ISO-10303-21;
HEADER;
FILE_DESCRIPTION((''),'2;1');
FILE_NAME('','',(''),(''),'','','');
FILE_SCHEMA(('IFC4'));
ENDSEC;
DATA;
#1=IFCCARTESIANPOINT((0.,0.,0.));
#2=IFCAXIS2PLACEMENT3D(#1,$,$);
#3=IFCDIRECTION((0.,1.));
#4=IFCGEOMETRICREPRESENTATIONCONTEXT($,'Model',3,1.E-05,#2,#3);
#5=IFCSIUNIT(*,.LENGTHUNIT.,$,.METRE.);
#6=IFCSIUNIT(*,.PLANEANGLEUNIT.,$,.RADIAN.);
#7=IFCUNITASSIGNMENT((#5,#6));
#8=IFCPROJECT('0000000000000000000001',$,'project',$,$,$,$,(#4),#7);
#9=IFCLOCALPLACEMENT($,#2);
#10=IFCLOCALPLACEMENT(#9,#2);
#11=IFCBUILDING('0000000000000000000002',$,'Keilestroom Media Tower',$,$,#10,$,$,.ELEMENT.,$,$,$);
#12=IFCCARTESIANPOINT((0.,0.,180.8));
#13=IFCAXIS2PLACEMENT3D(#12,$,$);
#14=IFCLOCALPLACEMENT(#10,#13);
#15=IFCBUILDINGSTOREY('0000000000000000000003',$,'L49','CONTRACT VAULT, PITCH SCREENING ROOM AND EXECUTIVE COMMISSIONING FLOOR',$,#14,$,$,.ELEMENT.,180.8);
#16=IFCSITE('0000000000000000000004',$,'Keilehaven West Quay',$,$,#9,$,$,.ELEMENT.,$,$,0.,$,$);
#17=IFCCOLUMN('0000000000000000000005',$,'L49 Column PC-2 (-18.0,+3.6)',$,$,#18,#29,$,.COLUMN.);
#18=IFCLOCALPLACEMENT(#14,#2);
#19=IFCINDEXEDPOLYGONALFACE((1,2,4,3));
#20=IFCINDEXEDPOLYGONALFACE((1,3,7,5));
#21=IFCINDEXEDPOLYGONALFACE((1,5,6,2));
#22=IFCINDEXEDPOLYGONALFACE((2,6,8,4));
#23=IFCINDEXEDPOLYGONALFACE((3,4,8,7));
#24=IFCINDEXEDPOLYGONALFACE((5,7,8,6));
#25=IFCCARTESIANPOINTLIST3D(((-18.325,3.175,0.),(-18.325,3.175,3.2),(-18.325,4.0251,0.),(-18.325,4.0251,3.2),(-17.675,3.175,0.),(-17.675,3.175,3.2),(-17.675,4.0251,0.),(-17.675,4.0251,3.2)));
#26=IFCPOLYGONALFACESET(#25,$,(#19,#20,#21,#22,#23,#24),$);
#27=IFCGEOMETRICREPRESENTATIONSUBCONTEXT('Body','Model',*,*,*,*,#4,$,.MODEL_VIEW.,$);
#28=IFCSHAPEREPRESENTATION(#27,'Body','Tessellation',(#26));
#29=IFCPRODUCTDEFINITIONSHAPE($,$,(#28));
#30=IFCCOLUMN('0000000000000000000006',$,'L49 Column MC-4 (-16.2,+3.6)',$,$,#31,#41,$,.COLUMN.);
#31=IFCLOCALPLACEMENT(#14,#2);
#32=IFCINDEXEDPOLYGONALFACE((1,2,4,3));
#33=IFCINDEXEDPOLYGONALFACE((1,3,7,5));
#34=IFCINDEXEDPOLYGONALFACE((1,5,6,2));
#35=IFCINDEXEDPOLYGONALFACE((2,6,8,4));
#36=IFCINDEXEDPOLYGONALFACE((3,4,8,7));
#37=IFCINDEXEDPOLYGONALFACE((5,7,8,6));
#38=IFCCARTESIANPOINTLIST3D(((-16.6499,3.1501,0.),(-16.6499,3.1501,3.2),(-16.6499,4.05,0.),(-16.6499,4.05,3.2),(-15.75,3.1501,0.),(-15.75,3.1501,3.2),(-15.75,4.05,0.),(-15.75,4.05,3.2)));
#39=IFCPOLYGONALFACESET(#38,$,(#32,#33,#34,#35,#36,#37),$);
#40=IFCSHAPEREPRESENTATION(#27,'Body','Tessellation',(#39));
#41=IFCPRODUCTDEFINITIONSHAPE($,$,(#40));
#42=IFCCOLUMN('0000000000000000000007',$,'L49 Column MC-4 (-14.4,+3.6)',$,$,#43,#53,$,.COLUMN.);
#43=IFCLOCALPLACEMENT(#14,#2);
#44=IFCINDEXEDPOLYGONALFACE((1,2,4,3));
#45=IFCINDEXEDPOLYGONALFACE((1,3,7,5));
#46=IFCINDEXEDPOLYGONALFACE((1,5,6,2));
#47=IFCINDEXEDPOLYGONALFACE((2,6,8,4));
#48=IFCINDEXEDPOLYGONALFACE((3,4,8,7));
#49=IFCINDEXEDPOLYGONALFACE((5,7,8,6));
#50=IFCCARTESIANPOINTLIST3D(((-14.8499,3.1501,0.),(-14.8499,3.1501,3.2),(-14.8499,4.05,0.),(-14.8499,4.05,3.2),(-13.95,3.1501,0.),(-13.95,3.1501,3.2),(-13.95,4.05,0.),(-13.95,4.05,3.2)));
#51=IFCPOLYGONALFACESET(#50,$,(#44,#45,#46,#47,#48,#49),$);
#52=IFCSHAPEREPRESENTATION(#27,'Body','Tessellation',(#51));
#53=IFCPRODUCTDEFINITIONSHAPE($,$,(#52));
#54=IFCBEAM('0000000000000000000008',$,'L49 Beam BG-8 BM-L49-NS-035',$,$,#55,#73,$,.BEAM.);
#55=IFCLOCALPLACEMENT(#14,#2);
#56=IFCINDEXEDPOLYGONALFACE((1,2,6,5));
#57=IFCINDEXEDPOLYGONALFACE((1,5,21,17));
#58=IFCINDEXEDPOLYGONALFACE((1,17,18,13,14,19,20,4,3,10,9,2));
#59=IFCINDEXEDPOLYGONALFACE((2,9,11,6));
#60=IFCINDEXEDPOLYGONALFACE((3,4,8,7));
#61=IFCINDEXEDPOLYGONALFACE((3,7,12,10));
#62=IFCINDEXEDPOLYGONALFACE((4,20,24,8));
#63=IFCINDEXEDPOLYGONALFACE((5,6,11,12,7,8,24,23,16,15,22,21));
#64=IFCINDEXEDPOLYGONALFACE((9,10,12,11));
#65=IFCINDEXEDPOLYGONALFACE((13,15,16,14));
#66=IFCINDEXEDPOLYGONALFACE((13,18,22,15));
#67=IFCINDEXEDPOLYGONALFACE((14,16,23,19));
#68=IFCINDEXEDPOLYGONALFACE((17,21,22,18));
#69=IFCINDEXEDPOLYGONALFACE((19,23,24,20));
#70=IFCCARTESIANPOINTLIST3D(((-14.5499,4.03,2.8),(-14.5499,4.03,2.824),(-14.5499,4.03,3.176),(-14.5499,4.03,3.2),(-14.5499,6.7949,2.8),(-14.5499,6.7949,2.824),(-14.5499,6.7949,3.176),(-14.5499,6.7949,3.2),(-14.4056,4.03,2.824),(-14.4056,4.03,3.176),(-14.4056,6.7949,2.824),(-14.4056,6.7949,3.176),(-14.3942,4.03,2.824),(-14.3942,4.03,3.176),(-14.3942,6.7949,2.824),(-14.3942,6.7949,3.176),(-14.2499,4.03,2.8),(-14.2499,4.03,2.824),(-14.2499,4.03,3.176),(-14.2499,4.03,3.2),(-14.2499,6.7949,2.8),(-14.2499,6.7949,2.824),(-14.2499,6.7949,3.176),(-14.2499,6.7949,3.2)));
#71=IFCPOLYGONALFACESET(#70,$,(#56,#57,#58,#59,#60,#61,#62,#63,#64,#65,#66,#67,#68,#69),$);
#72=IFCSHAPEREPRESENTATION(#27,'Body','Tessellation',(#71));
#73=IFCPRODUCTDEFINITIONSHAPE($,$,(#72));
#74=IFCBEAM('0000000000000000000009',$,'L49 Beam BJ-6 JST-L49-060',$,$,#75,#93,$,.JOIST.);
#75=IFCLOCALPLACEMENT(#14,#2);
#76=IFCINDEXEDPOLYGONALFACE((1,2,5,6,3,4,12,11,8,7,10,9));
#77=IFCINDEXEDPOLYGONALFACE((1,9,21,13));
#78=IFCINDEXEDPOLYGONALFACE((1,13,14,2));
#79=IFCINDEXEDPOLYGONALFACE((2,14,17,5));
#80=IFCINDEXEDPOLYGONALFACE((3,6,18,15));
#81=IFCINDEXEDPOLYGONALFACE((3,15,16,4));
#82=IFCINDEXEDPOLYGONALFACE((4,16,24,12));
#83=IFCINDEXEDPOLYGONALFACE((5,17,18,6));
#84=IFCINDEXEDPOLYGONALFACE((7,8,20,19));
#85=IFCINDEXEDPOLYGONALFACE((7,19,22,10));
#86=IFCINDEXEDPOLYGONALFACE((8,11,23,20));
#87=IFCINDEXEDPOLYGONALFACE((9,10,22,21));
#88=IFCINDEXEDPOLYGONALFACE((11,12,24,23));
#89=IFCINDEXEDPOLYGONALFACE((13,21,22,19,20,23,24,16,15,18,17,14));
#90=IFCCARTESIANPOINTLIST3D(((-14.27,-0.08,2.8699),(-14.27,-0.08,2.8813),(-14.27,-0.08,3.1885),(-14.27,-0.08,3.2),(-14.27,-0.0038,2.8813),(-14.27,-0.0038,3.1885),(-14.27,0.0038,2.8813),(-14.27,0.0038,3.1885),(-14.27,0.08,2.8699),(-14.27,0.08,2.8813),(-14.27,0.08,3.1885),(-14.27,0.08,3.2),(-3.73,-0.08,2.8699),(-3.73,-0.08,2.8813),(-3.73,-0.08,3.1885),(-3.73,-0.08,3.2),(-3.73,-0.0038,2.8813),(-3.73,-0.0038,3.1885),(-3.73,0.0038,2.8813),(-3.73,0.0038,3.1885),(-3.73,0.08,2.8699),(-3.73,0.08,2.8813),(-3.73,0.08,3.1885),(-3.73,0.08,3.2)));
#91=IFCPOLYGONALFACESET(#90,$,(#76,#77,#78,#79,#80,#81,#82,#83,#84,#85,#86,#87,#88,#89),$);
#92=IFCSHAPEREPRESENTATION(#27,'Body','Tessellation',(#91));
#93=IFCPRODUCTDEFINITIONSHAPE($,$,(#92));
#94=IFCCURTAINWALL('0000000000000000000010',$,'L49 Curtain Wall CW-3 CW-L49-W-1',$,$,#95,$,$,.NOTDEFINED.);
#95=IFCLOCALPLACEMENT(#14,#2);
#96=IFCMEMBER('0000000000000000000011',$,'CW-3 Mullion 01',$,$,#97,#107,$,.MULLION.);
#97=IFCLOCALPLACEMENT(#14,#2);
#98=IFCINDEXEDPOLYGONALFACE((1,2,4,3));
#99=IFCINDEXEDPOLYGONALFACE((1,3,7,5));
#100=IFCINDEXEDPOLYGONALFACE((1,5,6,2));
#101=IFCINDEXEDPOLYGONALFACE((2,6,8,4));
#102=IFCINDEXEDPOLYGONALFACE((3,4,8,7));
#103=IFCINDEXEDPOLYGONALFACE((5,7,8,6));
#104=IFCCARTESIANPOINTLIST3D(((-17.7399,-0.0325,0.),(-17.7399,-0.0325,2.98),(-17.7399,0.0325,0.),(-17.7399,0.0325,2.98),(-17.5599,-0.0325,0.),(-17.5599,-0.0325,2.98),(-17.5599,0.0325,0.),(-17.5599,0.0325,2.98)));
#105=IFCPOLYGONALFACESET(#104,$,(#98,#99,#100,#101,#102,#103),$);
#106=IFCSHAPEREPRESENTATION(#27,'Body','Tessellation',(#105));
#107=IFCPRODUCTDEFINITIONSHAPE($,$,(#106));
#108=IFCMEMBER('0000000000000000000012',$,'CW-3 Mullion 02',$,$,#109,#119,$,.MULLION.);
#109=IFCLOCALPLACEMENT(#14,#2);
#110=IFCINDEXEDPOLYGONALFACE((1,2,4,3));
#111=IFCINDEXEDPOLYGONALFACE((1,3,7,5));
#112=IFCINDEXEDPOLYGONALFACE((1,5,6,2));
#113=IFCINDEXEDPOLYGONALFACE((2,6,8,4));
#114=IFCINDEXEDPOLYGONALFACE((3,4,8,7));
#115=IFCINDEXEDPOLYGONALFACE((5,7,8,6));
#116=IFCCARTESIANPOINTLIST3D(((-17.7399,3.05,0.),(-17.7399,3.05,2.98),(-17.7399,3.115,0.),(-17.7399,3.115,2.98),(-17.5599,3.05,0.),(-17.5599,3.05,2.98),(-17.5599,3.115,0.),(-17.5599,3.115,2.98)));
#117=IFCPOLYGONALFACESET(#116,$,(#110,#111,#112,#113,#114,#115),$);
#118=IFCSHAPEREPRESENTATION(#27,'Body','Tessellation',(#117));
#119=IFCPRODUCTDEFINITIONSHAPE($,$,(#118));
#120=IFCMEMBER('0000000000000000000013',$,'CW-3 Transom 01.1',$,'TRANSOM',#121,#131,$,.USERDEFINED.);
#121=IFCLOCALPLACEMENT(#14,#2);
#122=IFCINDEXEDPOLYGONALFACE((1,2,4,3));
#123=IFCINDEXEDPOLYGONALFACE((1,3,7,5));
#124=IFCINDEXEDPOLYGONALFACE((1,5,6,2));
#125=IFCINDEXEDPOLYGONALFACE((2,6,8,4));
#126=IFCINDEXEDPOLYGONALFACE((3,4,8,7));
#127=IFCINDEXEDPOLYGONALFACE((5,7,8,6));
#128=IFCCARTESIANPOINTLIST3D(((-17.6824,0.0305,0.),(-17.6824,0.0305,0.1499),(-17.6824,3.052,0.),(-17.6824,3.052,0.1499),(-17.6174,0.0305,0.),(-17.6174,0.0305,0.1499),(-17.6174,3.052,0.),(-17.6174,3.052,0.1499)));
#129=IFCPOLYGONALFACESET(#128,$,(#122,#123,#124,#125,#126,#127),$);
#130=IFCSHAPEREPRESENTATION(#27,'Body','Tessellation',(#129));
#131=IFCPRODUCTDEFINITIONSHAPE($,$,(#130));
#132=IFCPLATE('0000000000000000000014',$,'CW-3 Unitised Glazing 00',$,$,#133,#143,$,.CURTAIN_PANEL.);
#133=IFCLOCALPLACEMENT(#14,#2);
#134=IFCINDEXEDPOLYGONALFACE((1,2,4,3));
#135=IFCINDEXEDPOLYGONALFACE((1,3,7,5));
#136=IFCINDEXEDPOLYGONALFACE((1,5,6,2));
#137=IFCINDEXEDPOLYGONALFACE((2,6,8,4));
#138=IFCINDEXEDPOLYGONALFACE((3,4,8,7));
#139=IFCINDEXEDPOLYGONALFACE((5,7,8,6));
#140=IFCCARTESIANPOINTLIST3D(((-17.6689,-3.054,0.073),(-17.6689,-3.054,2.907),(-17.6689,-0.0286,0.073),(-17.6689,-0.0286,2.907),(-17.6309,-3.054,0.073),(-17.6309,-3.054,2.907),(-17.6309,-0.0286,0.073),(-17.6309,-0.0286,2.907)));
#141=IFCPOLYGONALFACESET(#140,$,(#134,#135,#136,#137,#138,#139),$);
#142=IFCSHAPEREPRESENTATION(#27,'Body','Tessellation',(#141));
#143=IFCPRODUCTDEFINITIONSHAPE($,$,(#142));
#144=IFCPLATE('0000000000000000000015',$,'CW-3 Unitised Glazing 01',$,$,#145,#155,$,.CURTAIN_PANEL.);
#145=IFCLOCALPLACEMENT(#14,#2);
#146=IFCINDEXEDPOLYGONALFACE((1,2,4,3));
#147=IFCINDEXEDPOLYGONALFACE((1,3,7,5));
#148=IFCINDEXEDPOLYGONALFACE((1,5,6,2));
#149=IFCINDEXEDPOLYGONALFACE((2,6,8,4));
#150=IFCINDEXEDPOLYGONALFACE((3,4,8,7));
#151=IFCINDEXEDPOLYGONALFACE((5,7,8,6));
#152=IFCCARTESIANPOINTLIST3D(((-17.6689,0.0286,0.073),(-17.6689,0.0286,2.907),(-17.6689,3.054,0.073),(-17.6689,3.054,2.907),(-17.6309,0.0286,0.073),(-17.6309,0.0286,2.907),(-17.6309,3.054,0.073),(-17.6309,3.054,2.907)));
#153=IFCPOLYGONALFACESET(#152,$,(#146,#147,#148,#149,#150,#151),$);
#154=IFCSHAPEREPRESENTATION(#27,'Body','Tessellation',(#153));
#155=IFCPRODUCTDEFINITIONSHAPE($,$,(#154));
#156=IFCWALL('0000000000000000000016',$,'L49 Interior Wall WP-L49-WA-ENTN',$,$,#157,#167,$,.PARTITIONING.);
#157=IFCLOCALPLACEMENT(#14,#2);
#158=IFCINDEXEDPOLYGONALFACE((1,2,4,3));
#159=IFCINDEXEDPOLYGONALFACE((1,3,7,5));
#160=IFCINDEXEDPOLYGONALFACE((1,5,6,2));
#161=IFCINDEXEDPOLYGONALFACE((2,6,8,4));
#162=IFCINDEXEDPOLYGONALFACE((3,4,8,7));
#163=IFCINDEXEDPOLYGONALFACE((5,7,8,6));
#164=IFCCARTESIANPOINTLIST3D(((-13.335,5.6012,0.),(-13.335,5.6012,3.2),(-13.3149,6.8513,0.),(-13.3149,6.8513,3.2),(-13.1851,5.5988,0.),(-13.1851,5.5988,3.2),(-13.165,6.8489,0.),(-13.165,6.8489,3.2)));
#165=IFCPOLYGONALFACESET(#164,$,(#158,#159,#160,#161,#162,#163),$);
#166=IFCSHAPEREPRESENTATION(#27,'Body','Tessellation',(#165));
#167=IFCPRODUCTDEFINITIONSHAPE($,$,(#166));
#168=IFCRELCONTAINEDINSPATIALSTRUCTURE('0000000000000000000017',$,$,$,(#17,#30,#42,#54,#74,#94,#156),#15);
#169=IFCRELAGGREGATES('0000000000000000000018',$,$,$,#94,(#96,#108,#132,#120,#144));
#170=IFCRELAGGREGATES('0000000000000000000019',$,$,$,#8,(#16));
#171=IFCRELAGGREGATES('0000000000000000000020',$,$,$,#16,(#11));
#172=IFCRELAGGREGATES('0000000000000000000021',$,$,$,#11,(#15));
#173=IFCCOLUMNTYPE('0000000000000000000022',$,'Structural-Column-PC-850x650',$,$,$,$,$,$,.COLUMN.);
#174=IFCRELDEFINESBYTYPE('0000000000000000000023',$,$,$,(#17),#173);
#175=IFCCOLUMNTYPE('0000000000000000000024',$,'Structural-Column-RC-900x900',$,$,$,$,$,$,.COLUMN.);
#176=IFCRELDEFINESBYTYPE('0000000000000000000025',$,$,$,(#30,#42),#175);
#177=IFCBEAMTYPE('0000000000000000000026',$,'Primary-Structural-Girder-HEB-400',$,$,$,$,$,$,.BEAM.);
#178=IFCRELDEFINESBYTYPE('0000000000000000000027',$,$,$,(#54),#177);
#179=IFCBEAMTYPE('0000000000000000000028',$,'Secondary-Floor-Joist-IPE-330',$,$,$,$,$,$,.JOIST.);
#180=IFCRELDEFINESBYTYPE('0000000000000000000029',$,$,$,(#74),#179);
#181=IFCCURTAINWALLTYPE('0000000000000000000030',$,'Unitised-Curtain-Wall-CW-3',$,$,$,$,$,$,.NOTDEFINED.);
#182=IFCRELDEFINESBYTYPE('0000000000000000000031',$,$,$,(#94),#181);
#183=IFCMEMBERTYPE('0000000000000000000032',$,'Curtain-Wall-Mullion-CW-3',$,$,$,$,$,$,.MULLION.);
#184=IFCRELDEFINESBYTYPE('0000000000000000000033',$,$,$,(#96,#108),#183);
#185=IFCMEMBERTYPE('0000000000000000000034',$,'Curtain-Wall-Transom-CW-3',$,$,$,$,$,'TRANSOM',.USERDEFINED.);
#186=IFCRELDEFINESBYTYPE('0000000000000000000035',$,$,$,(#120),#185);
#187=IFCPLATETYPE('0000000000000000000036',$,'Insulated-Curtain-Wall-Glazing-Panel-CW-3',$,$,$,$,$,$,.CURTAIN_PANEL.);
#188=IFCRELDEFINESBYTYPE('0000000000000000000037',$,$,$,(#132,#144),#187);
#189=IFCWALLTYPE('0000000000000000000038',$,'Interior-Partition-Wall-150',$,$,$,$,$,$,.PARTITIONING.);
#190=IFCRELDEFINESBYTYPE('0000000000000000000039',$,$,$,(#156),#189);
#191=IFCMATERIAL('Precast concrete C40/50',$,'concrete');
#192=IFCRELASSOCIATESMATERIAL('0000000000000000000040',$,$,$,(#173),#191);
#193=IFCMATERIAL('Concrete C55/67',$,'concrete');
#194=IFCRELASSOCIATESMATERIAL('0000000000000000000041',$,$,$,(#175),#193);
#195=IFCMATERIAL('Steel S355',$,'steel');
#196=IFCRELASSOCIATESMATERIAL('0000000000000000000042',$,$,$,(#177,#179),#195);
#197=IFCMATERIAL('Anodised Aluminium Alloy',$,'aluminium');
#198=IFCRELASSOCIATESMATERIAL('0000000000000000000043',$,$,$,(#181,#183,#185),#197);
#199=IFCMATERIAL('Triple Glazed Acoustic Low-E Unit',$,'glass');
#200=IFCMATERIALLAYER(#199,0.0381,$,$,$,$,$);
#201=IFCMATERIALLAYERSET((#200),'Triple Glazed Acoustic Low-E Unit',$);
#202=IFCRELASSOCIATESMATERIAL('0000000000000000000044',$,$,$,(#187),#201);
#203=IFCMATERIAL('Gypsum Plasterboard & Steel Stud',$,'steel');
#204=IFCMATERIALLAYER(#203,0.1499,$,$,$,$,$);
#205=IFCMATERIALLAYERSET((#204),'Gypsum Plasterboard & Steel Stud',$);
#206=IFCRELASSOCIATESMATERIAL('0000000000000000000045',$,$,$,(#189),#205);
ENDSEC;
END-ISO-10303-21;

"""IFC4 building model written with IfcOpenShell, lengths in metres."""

from ifc_helpers import new_model, si_unit, direction, frame, frame_2d, origin, origin_2d, place, context, subcontext, project, spatial, rectangle, i_section, extrude, source, transform, mapped, material, layer, layer_set, material_profile, profile_set, type_object, element, aggregate, save


model = new_model("IFC4")

# Units and contexts
model_context = context("Model", 3, precision=1e-05, world=origin(), true_north=direction((0.0, 1.0)))
body_context = subcontext(model_context, "Body", "Model", "MODEL_VIEW")
ifc_project = project(units=[si_unit("LENGTHUNIT", "METRE"), si_unit("PLANEANGLEUNIT", "RADIAN")], contexts=[model_context])

# Site, building, storey
site_placement = place(None, origin())
site = spatial("IfcSite", under=ifc_project, at=site_placement, Name="Keilehaven West Quay", CompositionType="ELEMENT", RefElevation=0.0)
building_placement = place(site_placement, origin())
building = spatial("IfcBuilding", under=site, at=building_placement, Name="Keilestroom Media Tower", CompositionType="ELEMENT")
storey_placement = place(building_placement, frame((0.0, 0.0, 180.8)))
storey = spatial("IfcBuildingStorey", under=building, at=storey_placement, Name="L49", Description="CONTRACT VAULT, PITCH SCREENING ROOM AND EXECUTIVE COMMISSIONING FLOOR", CompositionType="ELEMENT", Elevation=180.8)

# Columns
ifc_material_1 = material(Name="Precast concrete C40/50", Category="concrete")
ifc_material_profile_1 = material_profile(ifc_material_1, rectangle(XDim=0.6499, YDim=0.8501, at=origin_2d()), Name="PC 850x650")
ifc_profile_set_1 = profile_set([ifc_material_profile_1], Name="Precast concrete C40/50")
column_type_1 = type_object("IfcColumnType", Name="Structural-Column-PC-850x650", PredefinedType="COLUMN", material=ifc_profile_set_1)
shared_shape_1 = source(origin(), body_context, "Body", "SweptSolid", [
    extrude(rectangle(XDim=0.6499, YDim=0.8501, at=origin_2d()), origin(), (0.0, 0.0, 1.0), 3.2),
])
column_placement = place(storey_placement, frame((-18.0, 3.6001, 0.0), z_axis=(0.0, 0.0, 1.0), x_axis=(1.0, 0.0, 0.0)))
element("IfcColumn", 1, at=column_placement, inside=storey, type_object=column_type_1, Name="L49 Column PC-2 (-18.0,+3.6)", PredefinedType="COLUMN", context=body_context, shape_type="MappedRepresentation", body=[
    mapped(shared_shape_1, transform((0.0, 0.0, 0.0), x_axis=(1.0, 0.0, 0.0), y_axis=(0.0, 1.0, 0.0), z_axis=(0.0, 0.0, 1.0), scale=1.0)),
])
ifc_material_2 = material(Name="Concrete C55/67", Category="concrete")
ifc_material_profile_2 = material_profile(ifc_material_2, rectangle(XDim=0.8999, YDim=0.8999, at=origin_2d()), Name="RC 900x900")
ifc_profile_set_2 = profile_set([ifc_material_profile_2], Name="Concrete C55/67")
column_type_2 = type_object("IfcColumnType", Name="Structural-Column-RC-900x900", PredefinedType="COLUMN", material=ifc_profile_set_2)
shared_shape_2 = source(origin(), body_context, "Body", "SweptSolid", [
    extrude(rectangle(XDim=0.8999, YDim=0.8999, at=origin_2d()), origin(), (0.0, 0.0, 1.0), 3.2),
])
for number, where, z_axis, x_axis, name in (
    (2, (-16.2, 3.6001, 0.0), (0.0, 0.0, 1.0), (1.0, 0.0, 0.0), "L49 Column MC-4 (-16.2,+3.6)"),
    (3, (-14.3999, 3.6001, 0.0), (0.0, 0.0, 1.0), (1.0, 0.0, 0.0), "L49 Column MC-4 (-14.4,+3.6)"),
):
    element("IfcColumn", number, at=place(storey_placement, frame(where, z_axis=z_axis, x_axis=x_axis)), inside=storey, type_object=column_type_2, Name=name, PredefinedType="COLUMN", context=body_context, shape_type="MappedRepresentation", body=[
        mapped(shared_shape_2, transform((0.0, 0.0, 0.0), x_axis=(1.0, 0.0, 0.0), y_axis=(0.0, 1.0, 0.0), z_axis=(0.0, 0.0, 1.0), scale=1.0)),
    ])

# Beams
ifc_material_3 = material(Name="Steel S355", Category="steel")
ifc_material_profile_3 = material_profile(ifc_material_3, i_section(OverallWidth=0.3, OverallDepth=0.3999, WebThickness=0.0115, FlangeThickness=0.0239, at=origin_2d()), Name="HEB 400")
ifc_profile_set_3 = profile_set([ifc_material_profile_3], Name="Steel S355")
beam_type_1 = type_object("IfcBeamType", Name="Primary-Structural-Girder-HEB-400", PredefinedType="BEAM", material=ifc_profile_set_3)
shared_shape_3 = source(origin(), body_context, "Body", "SweptSolid", [
    extrude(i_section(OverallWidth=0.3, OverallDepth=0.3999, WebThickness=0.0115, FlangeThickness=0.0239, at=origin_2d()), origin(), (0.0, 0.0, 1.0), 2.7649),
])
beam_1_placement = place(storey_placement, frame((-14.3999, 4.03, 3.0), z_axis=(0.0, 1.0, 0.0), x_axis=(-1.0, 0.0, 0.0)))
element("IfcBeam", 4, at=beam_1_placement, inside=storey, type_object=beam_type_1, Name="L49 Beam BG-8 BM-L49-NS-035", PredefinedType="BEAM", context=body_context, shape_type="MappedRepresentation", body=[
    mapped(shared_shape_3, transform((0.0, 0.0, 0.0), x_axis=(1.0, 0.0, 0.0), y_axis=(0.0, 1.0, 0.0), z_axis=(0.0, 0.0, 1.0), scale=1.0)),
])
ifc_material_profile_4 = material_profile(ifc_material_3, i_section(OverallWidth=0.1599, OverallDepth=0.3301, WebThickness=0.0076, FlangeThickness=0.0115, at=origin_2d()), Name="IPE 330")
ifc_profile_set_4 = profile_set([ifc_material_profile_4], Name="Steel S355")
beam_type_2 = type_object("IfcBeamType", Name="Secondary-Floor-Joist-IPE-330", PredefinedType="JOIST", material=ifc_profile_set_4)
shared_shape_4 = source(origin(), body_context, "Body", "SweptSolid", [
    extrude(i_section(OverallWidth=0.1599, OverallDepth=0.3301, WebThickness=0.0076, FlangeThickness=0.0115, at=origin_2d()), origin(), (0.0, 0.0, 1.0), 10.54),
])
beam_2_placement = place(storey_placement, frame((-14.27, 0.0, 3.0349), z_axis=(1.0, 0.0, 0.0), x_axis=(0.0, 1.0, 0.0)))
element("IfcBeam", 5, at=beam_2_placement, inside=storey, type_object=beam_type_2, Name="L49 Beam BJ-6 JST-L49-060", PredefinedType="JOIST", context=body_context, shape_type="MappedRepresentation", body=[
    mapped(shared_shape_4, transform((0.0, 0.0, 0.0), x_axis=(1.0, 0.0, 0.0), y_axis=(0.0, 1.0, 0.0), z_axis=(0.0, 0.0, 1.0), scale=1.0)),
])

# Curtain wall, members, plates
ifc_material_4 = material(Name="Anodised Aluminium Alloy", Category="aluminium")
curtain_wall_type = type_object("IfcCurtainWallType", Name="Unitised-Curtain-Wall-CW-3", PredefinedType="NOTDEFINED", material=ifc_material_4)
curtain_wall_placement = place(storey_placement, origin())
curtain_wall = element("IfcCurtainWall", 6, at=curtain_wall_placement, inside=storey, type_object=curtain_wall_type, Name="L49 Curtain Wall CW-3 CW-L49-W-1", PredefinedType="NOTDEFINED")
ifc_material_profile_5 = material_profile(ifc_material_4, rectangle(XDim=0.0649, YDim=0.1799, at=origin_2d()), Name="ALU MULLION 65x180")
ifc_profile_set_5 = profile_set([ifc_material_profile_5], Name="Anodised Aluminium Alloy")
member_type_1 = type_object("IfcMemberType", Name="Curtain-Wall-Mullion-CW-3", PredefinedType="MULLION", material=ifc_profile_set_5)
shared_shape_5 = source(origin(), body_context, "Body", "SweptSolid", [
    extrude(rectangle(XDim=0.0649, YDim=0.1799, at=origin_2d()), origin(), (0.0, 0.0, 1.0), 2.98),
])
member_1_placement = place(storey_placement, frame((-17.6499, 0.0, 0.0), z_axis=(0.0, 0.0, 1.0), x_axis=(0.0, 1.0, 0.0)))
member_1 = element("IfcMember", 7, at=member_1_placement, type_object=member_type_1, Name="CW-3 Mullion 01", PredefinedType="MULLION", context=body_context, shape_type="MappedRepresentation", body=[
    mapped(shared_shape_5, transform((0.0, 0.0, 0.0), x_axis=(1.0, 0.0, 0.0), y_axis=(0.0, 1.0, 0.0), z_axis=(0.0, 0.0, 1.0), scale=1.0)),
])
member_2_placement = place(storey_placement, frame((-17.6499, 3.0825, 0.0), z_axis=(0.0, 0.0, 1.0), x_axis=(0.0, 1.0, 0.0)))
member_2 = element("IfcMember", 8, at=member_2_placement, type_object=member_type_1, Name="CW-3 Mullion 02", PredefinedType="MULLION", context=body_context, shape_type="MappedRepresentation", body=[
    mapped(shared_shape_5, transform((0.0, 0.0, 0.0), x_axis=(1.0, 0.0, 0.0), y_axis=(0.0, 1.0, 0.0), z_axis=(0.0, 0.0, 1.0), scale=1.0)),
])
ifc_material_profile_6 = material_profile(ifc_material_4, rectangle(XDim=0.0649, YDim=0.1499, at=origin_2d()), Name="ALU TRANSOM 65x150")
ifc_profile_set_6 = profile_set([ifc_material_profile_6], Name="Anodised Aluminium Alloy")
member_type_2 = type_object("IfcMemberType", Name="Curtain-Wall-Transom-CW-3", ElementType="TRANSOM", PredefinedType="USERDEFINED", material=ifc_profile_set_6)
shared_shape_6 = source(origin(), body_context, "Body", "SweptSolid", [
    extrude(rectangle(XDim=0.0649, YDim=0.1499, at=origin_2d()), origin(), (0.0, 0.0, 1.0), 3.0215),
])
member_3_placement = place(storey_placement, frame((-17.6499, 0.0305, 0.075), z_axis=(0.0, 1.0, 0.0), x_axis=(-1.0, 0.0, 0.0)))
member_3 = element("IfcMember", 9, at=member_3_placement, type_object=member_type_2, Name="CW-3 Transom 01.1", ObjectType="TRANSOM", PredefinedType="USERDEFINED", context=body_context, shape_type="MappedRepresentation", body=[
    mapped(shared_shape_6, transform((0.0, 0.0, 0.0), x_axis=(1.0, 0.0, 0.0), y_axis=(0.0, 1.0, 0.0), z_axis=(0.0, 0.0, 1.0), scale=1.0)),
])
ifc_material_5 = material(Name="Triple Glazed Acoustic Low-E Unit", Category="glass")
ifc_layer_1 = layer(ifc_material_5, 0.0381)
ifc_layer_set_1 = layer_set([ifc_layer_1], Name="Triple Glazed Acoustic Low-E Unit")
plate_type = type_object("IfcPlateType", Name="Insulated-Curtain-Wall-Glazing-Panel-CW-3", PredefinedType="CURTAIN_PANEL", material=ifc_layer_set_1)
shared_shape_7 = source(origin(), body_context, "Body", "SweptSolid", [
    extrude(rectangle(XDim=3.0254, YDim=0.0381, at=origin_2d()), origin(), (0.0, 0.0, 1.0), 2.834),
])
plate_1_placement = place(storey_placement, frame((-17.6499, -1.5413, 0.073), z_axis=(0.0, 0.0, 1.0), x_axis=(0.0, 1.0, 0.0)))
plate_1 = element("IfcPlate", 10, at=plate_1_placement, type_object=plate_type, Name="CW-3 Unitised Glazing 00", PredefinedType="CURTAIN_PANEL", context=body_context, shape_type="MappedRepresentation", body=[
    mapped(shared_shape_7, transform((0.0, 0.0, 0.0), x_axis=(1.0, 0.0, 0.0), y_axis=(0.0, 1.0, 0.0), z_axis=(0.0, 0.0, 1.0), scale=1.0)),
])
plate_2_placement = place(storey_placement, frame((-17.6499, 1.5413, 0.073), z_axis=(0.0, 0.0, 1.0), x_axis=(0.0, 1.0, 0.0)))
plate_2 = element("IfcPlate", 11, at=plate_2_placement, type_object=plate_type, Name="CW-3 Unitised Glazing 01", PredefinedType="CURTAIN_PANEL", context=body_context, shape_type="MappedRepresentation", body=[
    mapped(shared_shape_7, transform((0.0, 0.0, 0.0), x_axis=(1.0, 0.0, 0.0), y_axis=(0.0, 1.0, 0.0), z_axis=(0.0, 0.0, 1.0), scale=1.0)),
])
aggregate(curtain_wall, [member_1, member_2, plate_1, member_3, plate_2])

# Wall
ifc_material_6 = material(Name="Gypsum Plasterboard & Steel Stud", Category="steel")
ifc_layer_2 = layer(ifc_material_6, 0.1499)
ifc_layer_set_2 = layer_set([ifc_layer_2], Name="Gypsum Plasterboard & Steel Stud")
wall_type_1 = type_object("IfcWallType", Name="Interior-Partition-Wall-150", PredefinedType="PARTITIONING", material=ifc_layer_set_2)
wall_1_placement = place(storey_placement, frame((-13.26, 5.6001, 0.0), z_axis=(0.0, 0.0, 1.0), x_axis=(0.016014, 0.999872, 0.0)))
element("IfcWall", 12, at=wall_1_placement, inside=storey, type_object=wall_type_1, Name="L49 Interior Wall WP-L49-WA-ENTN", PredefinedType="PARTITIONING", context=body_context, shape_type="SweptSolid", body=[
    extrude(rectangle(XDim=1.2502, YDim=0.1499, at=frame_2d((0.625, 0.0))), origin(), (0.0, 0.0, 1.0), 3.2),
])

save(model, "model.ifc")
